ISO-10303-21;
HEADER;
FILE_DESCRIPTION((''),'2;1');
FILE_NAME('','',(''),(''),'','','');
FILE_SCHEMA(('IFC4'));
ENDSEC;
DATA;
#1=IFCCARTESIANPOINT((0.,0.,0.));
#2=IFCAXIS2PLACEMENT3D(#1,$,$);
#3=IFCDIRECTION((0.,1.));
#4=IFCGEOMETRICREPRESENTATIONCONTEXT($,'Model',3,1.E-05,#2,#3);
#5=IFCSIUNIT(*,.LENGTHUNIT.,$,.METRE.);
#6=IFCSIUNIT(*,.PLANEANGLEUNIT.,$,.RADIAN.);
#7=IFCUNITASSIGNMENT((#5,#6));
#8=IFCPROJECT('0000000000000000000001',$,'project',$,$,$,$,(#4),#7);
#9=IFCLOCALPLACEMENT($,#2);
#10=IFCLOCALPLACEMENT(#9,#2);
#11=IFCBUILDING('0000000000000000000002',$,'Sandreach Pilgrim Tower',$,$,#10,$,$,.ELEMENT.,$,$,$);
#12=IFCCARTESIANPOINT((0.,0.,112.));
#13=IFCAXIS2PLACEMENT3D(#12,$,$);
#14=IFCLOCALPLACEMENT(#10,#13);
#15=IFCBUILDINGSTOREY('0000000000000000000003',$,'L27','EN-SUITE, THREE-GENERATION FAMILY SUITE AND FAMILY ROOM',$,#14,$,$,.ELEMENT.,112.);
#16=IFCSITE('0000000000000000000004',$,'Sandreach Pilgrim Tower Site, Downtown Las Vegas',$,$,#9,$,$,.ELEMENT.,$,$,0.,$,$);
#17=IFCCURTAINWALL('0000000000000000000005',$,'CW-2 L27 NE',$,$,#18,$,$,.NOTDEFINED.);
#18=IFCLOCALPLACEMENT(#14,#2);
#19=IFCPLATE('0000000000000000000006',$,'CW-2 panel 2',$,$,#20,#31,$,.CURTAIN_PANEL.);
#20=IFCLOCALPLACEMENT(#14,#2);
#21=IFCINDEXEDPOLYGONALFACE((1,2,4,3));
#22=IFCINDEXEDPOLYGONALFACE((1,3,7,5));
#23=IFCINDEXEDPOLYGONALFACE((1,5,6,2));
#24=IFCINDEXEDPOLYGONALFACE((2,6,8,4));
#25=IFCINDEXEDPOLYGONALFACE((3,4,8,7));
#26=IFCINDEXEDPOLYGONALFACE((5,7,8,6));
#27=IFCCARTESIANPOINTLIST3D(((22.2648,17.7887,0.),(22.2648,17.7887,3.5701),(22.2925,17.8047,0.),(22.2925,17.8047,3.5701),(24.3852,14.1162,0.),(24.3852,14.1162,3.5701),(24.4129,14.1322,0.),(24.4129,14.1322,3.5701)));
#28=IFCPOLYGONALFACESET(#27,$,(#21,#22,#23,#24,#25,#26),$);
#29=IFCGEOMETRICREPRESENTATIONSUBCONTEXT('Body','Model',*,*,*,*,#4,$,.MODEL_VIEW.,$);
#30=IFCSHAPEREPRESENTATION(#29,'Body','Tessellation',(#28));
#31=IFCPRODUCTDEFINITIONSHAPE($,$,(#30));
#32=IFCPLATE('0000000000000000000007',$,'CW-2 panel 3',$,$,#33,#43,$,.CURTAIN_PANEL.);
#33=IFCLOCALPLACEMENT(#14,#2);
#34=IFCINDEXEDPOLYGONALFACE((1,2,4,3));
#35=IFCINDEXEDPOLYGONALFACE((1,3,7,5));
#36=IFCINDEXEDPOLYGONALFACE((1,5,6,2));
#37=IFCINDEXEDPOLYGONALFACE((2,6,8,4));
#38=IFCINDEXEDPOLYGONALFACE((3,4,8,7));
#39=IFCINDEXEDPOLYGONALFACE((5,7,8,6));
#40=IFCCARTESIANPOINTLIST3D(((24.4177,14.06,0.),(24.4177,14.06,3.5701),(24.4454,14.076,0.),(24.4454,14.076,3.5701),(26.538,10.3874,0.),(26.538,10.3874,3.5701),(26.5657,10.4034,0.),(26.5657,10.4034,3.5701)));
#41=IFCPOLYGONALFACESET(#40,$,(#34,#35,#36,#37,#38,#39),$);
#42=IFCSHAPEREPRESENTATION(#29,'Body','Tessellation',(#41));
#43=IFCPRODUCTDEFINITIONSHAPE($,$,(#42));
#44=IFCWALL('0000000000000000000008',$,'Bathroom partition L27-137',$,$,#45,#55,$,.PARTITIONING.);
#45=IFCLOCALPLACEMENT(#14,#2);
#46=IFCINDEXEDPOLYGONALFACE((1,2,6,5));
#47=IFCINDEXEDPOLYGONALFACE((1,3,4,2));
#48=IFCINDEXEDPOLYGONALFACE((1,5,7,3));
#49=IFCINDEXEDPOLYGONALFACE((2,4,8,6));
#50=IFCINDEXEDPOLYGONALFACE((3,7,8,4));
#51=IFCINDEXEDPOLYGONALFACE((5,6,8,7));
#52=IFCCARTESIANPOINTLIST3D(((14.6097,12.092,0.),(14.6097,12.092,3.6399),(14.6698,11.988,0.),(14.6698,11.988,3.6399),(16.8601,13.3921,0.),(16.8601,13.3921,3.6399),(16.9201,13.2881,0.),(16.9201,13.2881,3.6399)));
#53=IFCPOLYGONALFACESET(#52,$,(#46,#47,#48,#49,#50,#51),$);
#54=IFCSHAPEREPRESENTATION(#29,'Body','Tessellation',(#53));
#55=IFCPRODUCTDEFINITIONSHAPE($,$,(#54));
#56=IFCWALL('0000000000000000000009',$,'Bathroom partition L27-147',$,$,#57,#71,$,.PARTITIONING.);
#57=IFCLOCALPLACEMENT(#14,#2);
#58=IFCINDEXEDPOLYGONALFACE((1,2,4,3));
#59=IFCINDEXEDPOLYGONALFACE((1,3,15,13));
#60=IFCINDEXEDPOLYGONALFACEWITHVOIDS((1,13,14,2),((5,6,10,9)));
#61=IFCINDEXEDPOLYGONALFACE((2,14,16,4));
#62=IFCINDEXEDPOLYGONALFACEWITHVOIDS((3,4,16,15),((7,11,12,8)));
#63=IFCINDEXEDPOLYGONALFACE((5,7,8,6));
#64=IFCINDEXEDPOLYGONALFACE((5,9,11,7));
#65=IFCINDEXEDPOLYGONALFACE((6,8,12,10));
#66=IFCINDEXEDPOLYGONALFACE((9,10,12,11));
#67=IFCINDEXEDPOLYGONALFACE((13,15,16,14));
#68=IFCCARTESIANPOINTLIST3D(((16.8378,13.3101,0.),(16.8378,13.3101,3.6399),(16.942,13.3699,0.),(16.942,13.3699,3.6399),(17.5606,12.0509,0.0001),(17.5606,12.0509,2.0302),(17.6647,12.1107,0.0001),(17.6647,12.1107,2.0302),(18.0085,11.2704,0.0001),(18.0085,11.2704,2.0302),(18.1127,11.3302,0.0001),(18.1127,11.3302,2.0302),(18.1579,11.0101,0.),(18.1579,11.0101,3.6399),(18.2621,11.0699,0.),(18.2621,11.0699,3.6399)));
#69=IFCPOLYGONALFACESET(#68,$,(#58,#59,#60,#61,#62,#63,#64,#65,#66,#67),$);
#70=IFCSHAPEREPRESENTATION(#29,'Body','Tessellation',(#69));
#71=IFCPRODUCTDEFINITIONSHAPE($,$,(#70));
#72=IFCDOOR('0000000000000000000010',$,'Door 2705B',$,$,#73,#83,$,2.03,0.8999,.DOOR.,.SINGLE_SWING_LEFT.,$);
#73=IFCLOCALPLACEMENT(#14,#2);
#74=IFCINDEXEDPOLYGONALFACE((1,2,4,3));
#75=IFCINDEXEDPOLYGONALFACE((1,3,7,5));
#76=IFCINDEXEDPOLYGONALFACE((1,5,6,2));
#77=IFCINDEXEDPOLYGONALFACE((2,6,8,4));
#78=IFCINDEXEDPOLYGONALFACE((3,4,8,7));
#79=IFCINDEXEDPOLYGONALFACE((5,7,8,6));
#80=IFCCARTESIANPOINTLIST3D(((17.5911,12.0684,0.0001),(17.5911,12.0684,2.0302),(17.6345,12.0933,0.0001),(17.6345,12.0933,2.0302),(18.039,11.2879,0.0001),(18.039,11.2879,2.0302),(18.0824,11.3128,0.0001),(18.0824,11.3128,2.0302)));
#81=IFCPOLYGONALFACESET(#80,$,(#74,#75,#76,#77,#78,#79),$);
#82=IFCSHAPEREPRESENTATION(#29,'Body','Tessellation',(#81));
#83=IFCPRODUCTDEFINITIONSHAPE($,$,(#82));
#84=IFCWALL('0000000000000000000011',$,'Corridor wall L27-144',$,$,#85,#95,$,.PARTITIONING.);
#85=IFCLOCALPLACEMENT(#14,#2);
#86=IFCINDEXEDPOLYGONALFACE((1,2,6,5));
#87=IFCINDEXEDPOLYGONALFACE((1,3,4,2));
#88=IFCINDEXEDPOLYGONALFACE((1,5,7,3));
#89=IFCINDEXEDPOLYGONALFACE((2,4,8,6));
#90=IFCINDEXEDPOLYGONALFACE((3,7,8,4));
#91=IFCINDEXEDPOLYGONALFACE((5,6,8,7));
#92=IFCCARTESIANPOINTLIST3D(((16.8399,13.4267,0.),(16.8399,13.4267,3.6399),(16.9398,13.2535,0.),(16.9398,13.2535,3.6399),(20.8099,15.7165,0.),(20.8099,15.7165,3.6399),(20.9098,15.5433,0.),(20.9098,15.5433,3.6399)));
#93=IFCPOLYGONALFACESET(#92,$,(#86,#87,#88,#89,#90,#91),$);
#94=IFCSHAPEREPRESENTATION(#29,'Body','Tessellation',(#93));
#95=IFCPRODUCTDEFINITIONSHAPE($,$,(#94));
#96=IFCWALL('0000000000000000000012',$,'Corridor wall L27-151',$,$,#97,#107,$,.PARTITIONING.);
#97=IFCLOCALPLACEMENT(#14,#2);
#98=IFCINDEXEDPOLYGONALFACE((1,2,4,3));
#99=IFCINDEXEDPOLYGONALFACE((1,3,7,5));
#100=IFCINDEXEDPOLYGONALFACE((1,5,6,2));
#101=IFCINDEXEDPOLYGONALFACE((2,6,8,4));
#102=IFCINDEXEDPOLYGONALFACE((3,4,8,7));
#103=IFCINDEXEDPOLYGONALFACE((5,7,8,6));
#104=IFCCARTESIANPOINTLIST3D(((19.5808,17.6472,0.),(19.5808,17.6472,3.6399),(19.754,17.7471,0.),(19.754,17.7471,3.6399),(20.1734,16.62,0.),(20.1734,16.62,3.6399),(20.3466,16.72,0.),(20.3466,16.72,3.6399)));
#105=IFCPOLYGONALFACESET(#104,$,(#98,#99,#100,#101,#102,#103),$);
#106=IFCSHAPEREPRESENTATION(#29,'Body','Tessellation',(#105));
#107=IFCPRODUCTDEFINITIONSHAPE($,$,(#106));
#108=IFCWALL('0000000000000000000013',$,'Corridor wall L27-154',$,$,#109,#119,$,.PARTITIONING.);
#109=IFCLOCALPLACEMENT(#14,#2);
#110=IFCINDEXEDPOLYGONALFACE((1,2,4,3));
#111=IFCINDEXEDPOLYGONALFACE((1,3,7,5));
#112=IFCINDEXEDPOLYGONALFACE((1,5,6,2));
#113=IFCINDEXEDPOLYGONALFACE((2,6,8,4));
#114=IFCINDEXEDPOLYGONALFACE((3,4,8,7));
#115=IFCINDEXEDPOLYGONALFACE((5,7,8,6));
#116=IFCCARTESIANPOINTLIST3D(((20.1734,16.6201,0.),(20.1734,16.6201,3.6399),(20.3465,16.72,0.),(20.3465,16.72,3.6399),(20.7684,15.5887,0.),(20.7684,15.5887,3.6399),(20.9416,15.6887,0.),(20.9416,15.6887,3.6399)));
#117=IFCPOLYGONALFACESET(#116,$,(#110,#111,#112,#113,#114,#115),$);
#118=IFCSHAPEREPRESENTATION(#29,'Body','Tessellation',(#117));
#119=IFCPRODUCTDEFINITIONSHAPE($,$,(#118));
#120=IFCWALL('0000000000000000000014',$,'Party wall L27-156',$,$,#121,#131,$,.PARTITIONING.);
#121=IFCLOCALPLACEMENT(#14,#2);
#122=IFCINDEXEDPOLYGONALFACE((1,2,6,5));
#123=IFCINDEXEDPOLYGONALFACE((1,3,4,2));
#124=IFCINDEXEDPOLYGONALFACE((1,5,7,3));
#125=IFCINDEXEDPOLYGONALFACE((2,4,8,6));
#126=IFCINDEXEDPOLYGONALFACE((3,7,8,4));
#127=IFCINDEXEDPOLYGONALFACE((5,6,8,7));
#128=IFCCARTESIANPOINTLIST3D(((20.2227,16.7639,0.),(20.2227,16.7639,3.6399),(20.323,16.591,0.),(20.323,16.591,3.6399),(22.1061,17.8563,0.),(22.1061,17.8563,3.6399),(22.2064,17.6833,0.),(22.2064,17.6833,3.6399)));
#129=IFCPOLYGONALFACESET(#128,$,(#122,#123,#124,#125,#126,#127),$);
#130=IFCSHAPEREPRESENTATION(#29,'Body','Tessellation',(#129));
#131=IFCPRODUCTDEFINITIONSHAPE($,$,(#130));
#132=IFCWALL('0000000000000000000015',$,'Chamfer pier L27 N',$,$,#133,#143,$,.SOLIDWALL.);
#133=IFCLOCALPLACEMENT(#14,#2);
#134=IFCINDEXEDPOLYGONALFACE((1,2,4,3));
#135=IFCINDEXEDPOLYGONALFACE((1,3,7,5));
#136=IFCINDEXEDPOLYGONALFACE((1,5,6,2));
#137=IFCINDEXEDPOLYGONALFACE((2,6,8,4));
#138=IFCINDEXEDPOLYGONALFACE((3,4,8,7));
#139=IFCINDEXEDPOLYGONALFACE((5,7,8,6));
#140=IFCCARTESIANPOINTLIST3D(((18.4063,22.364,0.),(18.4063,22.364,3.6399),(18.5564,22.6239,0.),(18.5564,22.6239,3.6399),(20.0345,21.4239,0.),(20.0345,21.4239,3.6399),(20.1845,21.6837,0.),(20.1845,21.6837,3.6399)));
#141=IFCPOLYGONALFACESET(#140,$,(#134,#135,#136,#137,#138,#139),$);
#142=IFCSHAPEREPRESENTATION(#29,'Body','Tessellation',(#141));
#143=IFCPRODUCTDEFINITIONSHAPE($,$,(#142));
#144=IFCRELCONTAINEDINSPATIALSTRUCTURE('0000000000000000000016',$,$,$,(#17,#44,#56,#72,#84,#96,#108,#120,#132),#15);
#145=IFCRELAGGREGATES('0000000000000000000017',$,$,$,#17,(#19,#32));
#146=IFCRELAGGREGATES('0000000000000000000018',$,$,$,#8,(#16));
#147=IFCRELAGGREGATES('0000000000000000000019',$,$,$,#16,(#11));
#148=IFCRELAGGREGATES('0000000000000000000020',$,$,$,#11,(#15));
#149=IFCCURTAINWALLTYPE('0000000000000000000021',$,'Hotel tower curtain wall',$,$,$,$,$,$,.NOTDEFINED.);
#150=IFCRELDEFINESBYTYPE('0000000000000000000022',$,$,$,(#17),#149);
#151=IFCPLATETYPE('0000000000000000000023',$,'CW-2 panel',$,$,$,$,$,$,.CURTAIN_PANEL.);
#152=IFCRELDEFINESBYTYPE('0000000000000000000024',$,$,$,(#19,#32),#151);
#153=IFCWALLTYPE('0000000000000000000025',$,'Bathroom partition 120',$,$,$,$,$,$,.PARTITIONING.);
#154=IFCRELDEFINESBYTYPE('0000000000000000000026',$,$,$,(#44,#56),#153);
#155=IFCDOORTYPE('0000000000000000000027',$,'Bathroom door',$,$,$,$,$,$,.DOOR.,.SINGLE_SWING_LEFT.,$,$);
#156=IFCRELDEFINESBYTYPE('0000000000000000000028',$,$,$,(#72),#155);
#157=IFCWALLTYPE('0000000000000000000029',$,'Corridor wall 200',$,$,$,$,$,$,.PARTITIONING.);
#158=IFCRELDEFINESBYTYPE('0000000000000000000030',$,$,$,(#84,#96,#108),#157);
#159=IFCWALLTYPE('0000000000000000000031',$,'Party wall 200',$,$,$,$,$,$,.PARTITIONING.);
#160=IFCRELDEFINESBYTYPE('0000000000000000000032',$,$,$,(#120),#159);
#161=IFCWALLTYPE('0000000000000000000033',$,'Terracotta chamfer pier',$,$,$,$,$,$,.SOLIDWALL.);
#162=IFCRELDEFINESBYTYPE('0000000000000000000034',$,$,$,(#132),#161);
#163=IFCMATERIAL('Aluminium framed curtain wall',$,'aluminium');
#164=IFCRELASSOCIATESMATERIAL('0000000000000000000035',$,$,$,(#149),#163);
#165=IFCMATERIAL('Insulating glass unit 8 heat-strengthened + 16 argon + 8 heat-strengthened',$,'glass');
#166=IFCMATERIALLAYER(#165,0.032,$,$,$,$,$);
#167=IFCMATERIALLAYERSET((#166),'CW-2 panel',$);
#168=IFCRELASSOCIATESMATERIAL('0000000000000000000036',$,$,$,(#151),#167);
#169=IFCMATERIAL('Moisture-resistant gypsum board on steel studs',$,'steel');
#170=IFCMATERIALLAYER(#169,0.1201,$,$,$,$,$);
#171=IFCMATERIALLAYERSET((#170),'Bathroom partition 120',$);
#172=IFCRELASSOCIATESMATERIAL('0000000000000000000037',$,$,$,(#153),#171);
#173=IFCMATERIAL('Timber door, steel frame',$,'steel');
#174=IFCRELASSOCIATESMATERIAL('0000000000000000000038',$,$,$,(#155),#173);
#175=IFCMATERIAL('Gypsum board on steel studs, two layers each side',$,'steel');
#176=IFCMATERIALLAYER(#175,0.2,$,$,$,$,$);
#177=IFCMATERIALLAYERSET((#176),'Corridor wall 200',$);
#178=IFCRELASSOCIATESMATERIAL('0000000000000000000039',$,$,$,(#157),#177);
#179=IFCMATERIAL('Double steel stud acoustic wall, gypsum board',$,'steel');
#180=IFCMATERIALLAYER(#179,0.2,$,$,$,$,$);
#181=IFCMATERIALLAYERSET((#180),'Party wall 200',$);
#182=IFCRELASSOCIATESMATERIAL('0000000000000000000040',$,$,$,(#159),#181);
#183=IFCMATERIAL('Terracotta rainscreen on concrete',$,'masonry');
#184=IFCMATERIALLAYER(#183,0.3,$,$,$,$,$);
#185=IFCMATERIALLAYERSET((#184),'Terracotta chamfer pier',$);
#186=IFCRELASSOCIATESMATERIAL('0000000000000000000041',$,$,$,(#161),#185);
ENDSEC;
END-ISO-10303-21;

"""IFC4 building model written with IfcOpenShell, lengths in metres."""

from ifc_helpers import new_model, si_unit, direction, frame, frame_2d, origin, origin_2d, place, context, subcontext, project, spatial, rectangle, extrude, material, layer, layer_set, type_object, element, fill, aggregate, save


model = new_model("IFC4")

# Units and contexts
model_context = context("Model", 3, precision=1e-05, world=origin(), true_north=direction((0.0, 1.0)))
body_context = subcontext(model_context, "Body", "Model", "MODEL_VIEW")
ifc_project = project(units=[si_unit("LENGTHUNIT", "METRE"), si_unit("PLANEANGLEUNIT", "RADIAN")], contexts=[model_context])

# Site, building, storey
site_placement = place(None, origin())
site = spatial("IfcSite", under=ifc_project, at=site_placement, Name="Sandreach Pilgrim Tower Site, Downtown Las Vegas", CompositionType="ELEMENT", RefElevation=0.0)
building_placement = place(site_placement, origin())
building = spatial("IfcBuilding", under=site, at=building_placement, Name="Sandreach Pilgrim Tower", CompositionType="ELEMENT")
storey_placement = place(building_placement, frame((0.0, 0.0, 112.0)))
storey = spatial("IfcBuildingStorey", under=building, at=storey_placement, Name="L27", Description="EN-SUITE, THREE-GENERATION FAMILY SUITE AND FAMILY ROOM", CompositionType="ELEMENT", Elevation=112.0)

# Shared definitions
ifc_material_1 = material(Name="Aluminium framed curtain wall", Category="aluminium")
curtain_wall_type = type_object("IfcCurtainWallType", Name="Hotel tower curtain wall", PredefinedType="NOTDEFINED", material=ifc_material_1)

# Curtain wall
curtain_wall_1_placement = place(storey_placement, origin())
curtain_wall_1 = element("IfcCurtainWall", 1, at=curtain_wall_1_placement, inside=storey, type_object=curtain_wall_type, Name="CW-2 L27 NE", PredefinedType="NOTDEFINED")

# Plates
ifc_material_2 = material(Name="Insulating glass unit 8 heat-strengthened + 16 argon + 8 heat-strengthened", Category="glass")
ifc_layer_1 = layer(ifc_material_2, 0.032)
ifc_layer_set_1 = layer_set([ifc_layer_1], Name="CW-2 panel")
plate_type = type_object("IfcPlateType", Name="CW-2 panel", PredefinedType="CURTAIN_PANEL", material=ifc_layer_set_1)
plate_1_placement = place(storey_placement, frame((23.3389, 15.9604, 0.0), z_axis=(0.0, 0.0, 1.0), x_axis=(0.5, -0.866025, 0.0)))
plate_1 = element("IfcPlate", 2, at=plate_1_placement, type_object=plate_type, Name="CW-2 panel 2", PredefinedType="CURTAIN_PANEL", context=body_context, shape_type="SweptSolid", body=[
    extrude(rectangle(XDim=4.2407, YDim=0.032, at=origin_2d()), origin(), (0.0, 0.0, 1.0), 3.5701),
])
plate_2_placement = place(storey_placement, frame((25.4917, 12.2317, 0.0), z_axis=(0.0, 0.0, 1.0), x_axis=(0.5, -0.866025, 0.0)))
plate_2 = element("IfcPlate", 3, at=plate_2_placement, type_object=plate_type, Name="CW-2 panel 3", PredefinedType="CURTAIN_PANEL", context=body_context, shape_type="SweptSolid", body=[
    extrude(rectangle(XDim=4.2407, YDim=0.032, at=origin_2d()), origin(), (0.0, 0.0, 1.0), 3.5701),
])
aggregate(curtain_wall_1, [plate_1, plate_2])

# Wall
ifc_material_3 = material(Name="Moisture-resistant gypsum board on steel studs", Category="steel")
ifc_layer_2 = layer(ifc_material_3, 0.1201)
ifc_layer_set_2 = layer_set([ifc_layer_2], Name="Bathroom partition 120")
wall_type_1 = type_object("IfcWallType", Name="Bathroom partition 120", PredefinedType="PARTITIONING", material=ifc_layer_set_2)
wall_1_placement = place(storey_placement, frame((14.6399, 12.04, 0.0), z_axis=(0.0, 0.0, 1.0), x_axis=(0.86588, 0.500251, 0.0)))
element("IfcWall", 4, at=wall_1_placement, inside=storey, type_object=wall_type_1, Name="Bathroom partition L27-137", PredefinedType="PARTITIONING", context=body_context, shape_type="SweptSolid", body=[
    extrude(rectangle(XDim=2.5989, YDim=0.1201, at=frame_2d((1.2993, 0.0))), origin(), (0.0, 0.0, 1.0), 3.6399),
])

# Wall, opening, door
wall_2_placement = place(storey_placement, frame((18.21, 11.04, 0.0), z_axis=(0.0, 0.0, 1.0), x_axis=(-0.497774, 0.867307, 0.0)))
wall_2 = element("IfcWall", 5, at=wall_2_placement, inside=storey, type_object=wall_type_1, Name="Bathroom partition L27-147", PredefinedType="PARTITIONING", context=body_context, shape_type="SweptSolid", body=[
    extrude(rectangle(XDim=2.6519, YDim=0.1201, at=frame_2d((1.3259, 0.0))), origin(), (0.0, 0.0, 1.0), 3.6399),
])
opening_1_placement = place(wall_2_placement, frame((0.3, 0.0, 0.0)))
opening_1 = element("IfcOpeningElement", 6, at=opening_1_placement, cuts=wall_2, PredefinedType="OPENING", context=body_context, shape_type="SweptSolid", body=[
    extrude(rectangle(XDim=0.8999, YDim=2.03, at=frame_2d((0.45, 1.0151))), frame((0.0, 0.0601, 0.0), z_axis=(0.0, -1.0, 0.0), x_axis=(1.0, 0.0, 0.0)), (0.0, 0.0, 1.0), 0.1201),
])
ifc_material_4 = material(Name="Timber door, steel frame", Category="steel")
door_type_1 = type_object("IfcDoorType", Name="Bathroom door", OperationType="SINGLE_SWING_LEFT", PredefinedType="DOOR", material=ifc_material_4)
door_1_placement = place(opening_1_placement, origin())
door_1 = element("IfcDoor", 7, at=door_1_placement, inside=storey, type_object=door_type_1, Name="Door 2705B", OperationType="SINGLE_SWING_LEFT", OverallHeight=2.03, OverallWidth=0.8999, PredefinedType="DOOR", context=body_context, shape_type="SweptSolid", body=[
    extrude(rectangle(XDim=0.8999, YDim=2.03, at=frame_2d((0.45, 1.0151))), frame((0.0, 0.0249, 0.0), z_axis=(0.0, -1.0, 0.0), x_axis=(1.0, 0.0, 0.0)), (0.0, 0.0, 1.0), 0.05),
])
fill(opening_1, door_1)

# Wall
ifc_material_5 = material(Name="Gypsum board on steel studs, two layers each side", Category="steel")
ifc_layer_3 = layer(ifc_material_5, 0.2)
ifc_layer_set_3 = layer_set([ifc_layer_3], Name="Corridor wall 200")
wall_type_2 = type_object("IfcWallType", Name="Corridor wall 200", PredefinedType="PARTITIONING", material=ifc_layer_set_3)
wall_3_placement = place(storey_placement, frame((16.8899, 13.3401, 0.0), z_axis=(0.0, 0.0, 1.0), x_axis=(0.86624, 0.499629, 0.0)))
element("IfcWall", 8, at=wall_3_placement, inside=storey, type_object=wall_type_2, Name="Corridor wall L27-144", PredefinedType="PARTITIONING", context=body_context, shape_type="SweptSolid", body=[
    extrude(rectangle(XDim=4.583, YDim=0.2, at=frame_2d((2.2915, 0.0))), origin(), (0.0, 0.0, 1.0), 3.6399),
])

# Walls
wall_4_placement = place(storey_placement, frame((19.6675, 17.697, 0.0), z_axis=(0.0, 0.0, 1.0), x_axis=(0.499705, -0.866196, 0.0)))
element("IfcWall", 9, at=wall_4_placement, inside=storey, type_object=wall_type_2, Name="Corridor wall L27-151", PredefinedType="PARTITIONING", context=body_context, shape_type="SweptSolid", body=[
    extrude(rectangle(XDim=1.1858, YDim=0.2, at=frame_2d((0.5928, 0.0))), origin(), (0.0, 0.0, 1.0), 3.6399),
])
wall_5_placement = place(storey_placement, frame((20.26, 16.6699, 0.0), z_axis=(0.0, 0.0, 1.0), x_axis=(0.499734, -0.866179, 0.0)))
element("IfcWall", 10, at=wall_5_placement, inside=storey, type_object=wall_type_2, Name="Corridor wall L27-154", PredefinedType="PARTITIONING", context=body_context, shape_type="SweptSolid", body=[
    extrude(rectangle(XDim=1.1907, YDim=0.2, at=frame_2d((0.5952, 0.0))), origin(), (0.0, 0.0, 1.0), 3.6399),
])
ifc_material_6 = material(Name="Double steel stud acoustic wall, gypsum board", Category="steel")
ifc_layer_4 = layer(ifc_material_6, 0.2)
ifc_layer_set_4 = layer_set([ifc_layer_4], Name="Party wall 200")
wall_type_3 = type_object("IfcWallType", Name="Party wall 200", PredefinedType="PARTITIONING", material=ifc_layer_set_4)
wall_6_placement = place(storey_placement, frame((22.1562, 17.7698, 0.0), z_axis=(0.0, 0.0, 1.0), x_axis=(-0.865037, -0.501708, 0.0)))
element("IfcWall", 11, at=wall_6_placement, inside=storey, type_object=wall_type_3, Name="Party wall L27-156", PredefinedType="PARTITIONING", context=body_context, shape_type="SweptSolid", body=[
    extrude(rectangle(XDim=2.1772, YDim=0.2, at=frame_2d((1.0886, 0.0))), origin(), (0.0, 0.0, 1.0), 3.6399),
])
ifc_material_7 = material(Name="Terracotta rainscreen on concrete", Category="masonry")
ifc_layer_5 = layer(ifc_material_7, 0.3)
ifc_layer_set_5 = layer_set([ifc_layer_5], Name="Terracotta chamfer pier")
wall_type_4 = type_object("IfcWallType", Name="Terracotta chamfer pier", PredefinedType="SOLIDWALL", material=ifc_layer_set_5)
wall_7_placement = place(storey_placement, frame((18.4814, 22.4939, 0.0), z_axis=(0.0, 0.0, 1.0), x_axis=(0.865989, -0.500063, 0.0)))
element("IfcWall", 12, at=wall_7_placement, inside=storey, type_object=wall_type_4, Name="Chamfer pier L27 N", PredefinedType="SOLIDWALL", context=body_context, shape_type="SweptSolid", body=[
    extrude(rectangle(XDim=1.8801, YDim=0.3, at=frame_2d((0.9399, 0.0))), origin(), (0.0, 0.0, 1.0), 3.6399),
])

save(model, "model.ifc")
